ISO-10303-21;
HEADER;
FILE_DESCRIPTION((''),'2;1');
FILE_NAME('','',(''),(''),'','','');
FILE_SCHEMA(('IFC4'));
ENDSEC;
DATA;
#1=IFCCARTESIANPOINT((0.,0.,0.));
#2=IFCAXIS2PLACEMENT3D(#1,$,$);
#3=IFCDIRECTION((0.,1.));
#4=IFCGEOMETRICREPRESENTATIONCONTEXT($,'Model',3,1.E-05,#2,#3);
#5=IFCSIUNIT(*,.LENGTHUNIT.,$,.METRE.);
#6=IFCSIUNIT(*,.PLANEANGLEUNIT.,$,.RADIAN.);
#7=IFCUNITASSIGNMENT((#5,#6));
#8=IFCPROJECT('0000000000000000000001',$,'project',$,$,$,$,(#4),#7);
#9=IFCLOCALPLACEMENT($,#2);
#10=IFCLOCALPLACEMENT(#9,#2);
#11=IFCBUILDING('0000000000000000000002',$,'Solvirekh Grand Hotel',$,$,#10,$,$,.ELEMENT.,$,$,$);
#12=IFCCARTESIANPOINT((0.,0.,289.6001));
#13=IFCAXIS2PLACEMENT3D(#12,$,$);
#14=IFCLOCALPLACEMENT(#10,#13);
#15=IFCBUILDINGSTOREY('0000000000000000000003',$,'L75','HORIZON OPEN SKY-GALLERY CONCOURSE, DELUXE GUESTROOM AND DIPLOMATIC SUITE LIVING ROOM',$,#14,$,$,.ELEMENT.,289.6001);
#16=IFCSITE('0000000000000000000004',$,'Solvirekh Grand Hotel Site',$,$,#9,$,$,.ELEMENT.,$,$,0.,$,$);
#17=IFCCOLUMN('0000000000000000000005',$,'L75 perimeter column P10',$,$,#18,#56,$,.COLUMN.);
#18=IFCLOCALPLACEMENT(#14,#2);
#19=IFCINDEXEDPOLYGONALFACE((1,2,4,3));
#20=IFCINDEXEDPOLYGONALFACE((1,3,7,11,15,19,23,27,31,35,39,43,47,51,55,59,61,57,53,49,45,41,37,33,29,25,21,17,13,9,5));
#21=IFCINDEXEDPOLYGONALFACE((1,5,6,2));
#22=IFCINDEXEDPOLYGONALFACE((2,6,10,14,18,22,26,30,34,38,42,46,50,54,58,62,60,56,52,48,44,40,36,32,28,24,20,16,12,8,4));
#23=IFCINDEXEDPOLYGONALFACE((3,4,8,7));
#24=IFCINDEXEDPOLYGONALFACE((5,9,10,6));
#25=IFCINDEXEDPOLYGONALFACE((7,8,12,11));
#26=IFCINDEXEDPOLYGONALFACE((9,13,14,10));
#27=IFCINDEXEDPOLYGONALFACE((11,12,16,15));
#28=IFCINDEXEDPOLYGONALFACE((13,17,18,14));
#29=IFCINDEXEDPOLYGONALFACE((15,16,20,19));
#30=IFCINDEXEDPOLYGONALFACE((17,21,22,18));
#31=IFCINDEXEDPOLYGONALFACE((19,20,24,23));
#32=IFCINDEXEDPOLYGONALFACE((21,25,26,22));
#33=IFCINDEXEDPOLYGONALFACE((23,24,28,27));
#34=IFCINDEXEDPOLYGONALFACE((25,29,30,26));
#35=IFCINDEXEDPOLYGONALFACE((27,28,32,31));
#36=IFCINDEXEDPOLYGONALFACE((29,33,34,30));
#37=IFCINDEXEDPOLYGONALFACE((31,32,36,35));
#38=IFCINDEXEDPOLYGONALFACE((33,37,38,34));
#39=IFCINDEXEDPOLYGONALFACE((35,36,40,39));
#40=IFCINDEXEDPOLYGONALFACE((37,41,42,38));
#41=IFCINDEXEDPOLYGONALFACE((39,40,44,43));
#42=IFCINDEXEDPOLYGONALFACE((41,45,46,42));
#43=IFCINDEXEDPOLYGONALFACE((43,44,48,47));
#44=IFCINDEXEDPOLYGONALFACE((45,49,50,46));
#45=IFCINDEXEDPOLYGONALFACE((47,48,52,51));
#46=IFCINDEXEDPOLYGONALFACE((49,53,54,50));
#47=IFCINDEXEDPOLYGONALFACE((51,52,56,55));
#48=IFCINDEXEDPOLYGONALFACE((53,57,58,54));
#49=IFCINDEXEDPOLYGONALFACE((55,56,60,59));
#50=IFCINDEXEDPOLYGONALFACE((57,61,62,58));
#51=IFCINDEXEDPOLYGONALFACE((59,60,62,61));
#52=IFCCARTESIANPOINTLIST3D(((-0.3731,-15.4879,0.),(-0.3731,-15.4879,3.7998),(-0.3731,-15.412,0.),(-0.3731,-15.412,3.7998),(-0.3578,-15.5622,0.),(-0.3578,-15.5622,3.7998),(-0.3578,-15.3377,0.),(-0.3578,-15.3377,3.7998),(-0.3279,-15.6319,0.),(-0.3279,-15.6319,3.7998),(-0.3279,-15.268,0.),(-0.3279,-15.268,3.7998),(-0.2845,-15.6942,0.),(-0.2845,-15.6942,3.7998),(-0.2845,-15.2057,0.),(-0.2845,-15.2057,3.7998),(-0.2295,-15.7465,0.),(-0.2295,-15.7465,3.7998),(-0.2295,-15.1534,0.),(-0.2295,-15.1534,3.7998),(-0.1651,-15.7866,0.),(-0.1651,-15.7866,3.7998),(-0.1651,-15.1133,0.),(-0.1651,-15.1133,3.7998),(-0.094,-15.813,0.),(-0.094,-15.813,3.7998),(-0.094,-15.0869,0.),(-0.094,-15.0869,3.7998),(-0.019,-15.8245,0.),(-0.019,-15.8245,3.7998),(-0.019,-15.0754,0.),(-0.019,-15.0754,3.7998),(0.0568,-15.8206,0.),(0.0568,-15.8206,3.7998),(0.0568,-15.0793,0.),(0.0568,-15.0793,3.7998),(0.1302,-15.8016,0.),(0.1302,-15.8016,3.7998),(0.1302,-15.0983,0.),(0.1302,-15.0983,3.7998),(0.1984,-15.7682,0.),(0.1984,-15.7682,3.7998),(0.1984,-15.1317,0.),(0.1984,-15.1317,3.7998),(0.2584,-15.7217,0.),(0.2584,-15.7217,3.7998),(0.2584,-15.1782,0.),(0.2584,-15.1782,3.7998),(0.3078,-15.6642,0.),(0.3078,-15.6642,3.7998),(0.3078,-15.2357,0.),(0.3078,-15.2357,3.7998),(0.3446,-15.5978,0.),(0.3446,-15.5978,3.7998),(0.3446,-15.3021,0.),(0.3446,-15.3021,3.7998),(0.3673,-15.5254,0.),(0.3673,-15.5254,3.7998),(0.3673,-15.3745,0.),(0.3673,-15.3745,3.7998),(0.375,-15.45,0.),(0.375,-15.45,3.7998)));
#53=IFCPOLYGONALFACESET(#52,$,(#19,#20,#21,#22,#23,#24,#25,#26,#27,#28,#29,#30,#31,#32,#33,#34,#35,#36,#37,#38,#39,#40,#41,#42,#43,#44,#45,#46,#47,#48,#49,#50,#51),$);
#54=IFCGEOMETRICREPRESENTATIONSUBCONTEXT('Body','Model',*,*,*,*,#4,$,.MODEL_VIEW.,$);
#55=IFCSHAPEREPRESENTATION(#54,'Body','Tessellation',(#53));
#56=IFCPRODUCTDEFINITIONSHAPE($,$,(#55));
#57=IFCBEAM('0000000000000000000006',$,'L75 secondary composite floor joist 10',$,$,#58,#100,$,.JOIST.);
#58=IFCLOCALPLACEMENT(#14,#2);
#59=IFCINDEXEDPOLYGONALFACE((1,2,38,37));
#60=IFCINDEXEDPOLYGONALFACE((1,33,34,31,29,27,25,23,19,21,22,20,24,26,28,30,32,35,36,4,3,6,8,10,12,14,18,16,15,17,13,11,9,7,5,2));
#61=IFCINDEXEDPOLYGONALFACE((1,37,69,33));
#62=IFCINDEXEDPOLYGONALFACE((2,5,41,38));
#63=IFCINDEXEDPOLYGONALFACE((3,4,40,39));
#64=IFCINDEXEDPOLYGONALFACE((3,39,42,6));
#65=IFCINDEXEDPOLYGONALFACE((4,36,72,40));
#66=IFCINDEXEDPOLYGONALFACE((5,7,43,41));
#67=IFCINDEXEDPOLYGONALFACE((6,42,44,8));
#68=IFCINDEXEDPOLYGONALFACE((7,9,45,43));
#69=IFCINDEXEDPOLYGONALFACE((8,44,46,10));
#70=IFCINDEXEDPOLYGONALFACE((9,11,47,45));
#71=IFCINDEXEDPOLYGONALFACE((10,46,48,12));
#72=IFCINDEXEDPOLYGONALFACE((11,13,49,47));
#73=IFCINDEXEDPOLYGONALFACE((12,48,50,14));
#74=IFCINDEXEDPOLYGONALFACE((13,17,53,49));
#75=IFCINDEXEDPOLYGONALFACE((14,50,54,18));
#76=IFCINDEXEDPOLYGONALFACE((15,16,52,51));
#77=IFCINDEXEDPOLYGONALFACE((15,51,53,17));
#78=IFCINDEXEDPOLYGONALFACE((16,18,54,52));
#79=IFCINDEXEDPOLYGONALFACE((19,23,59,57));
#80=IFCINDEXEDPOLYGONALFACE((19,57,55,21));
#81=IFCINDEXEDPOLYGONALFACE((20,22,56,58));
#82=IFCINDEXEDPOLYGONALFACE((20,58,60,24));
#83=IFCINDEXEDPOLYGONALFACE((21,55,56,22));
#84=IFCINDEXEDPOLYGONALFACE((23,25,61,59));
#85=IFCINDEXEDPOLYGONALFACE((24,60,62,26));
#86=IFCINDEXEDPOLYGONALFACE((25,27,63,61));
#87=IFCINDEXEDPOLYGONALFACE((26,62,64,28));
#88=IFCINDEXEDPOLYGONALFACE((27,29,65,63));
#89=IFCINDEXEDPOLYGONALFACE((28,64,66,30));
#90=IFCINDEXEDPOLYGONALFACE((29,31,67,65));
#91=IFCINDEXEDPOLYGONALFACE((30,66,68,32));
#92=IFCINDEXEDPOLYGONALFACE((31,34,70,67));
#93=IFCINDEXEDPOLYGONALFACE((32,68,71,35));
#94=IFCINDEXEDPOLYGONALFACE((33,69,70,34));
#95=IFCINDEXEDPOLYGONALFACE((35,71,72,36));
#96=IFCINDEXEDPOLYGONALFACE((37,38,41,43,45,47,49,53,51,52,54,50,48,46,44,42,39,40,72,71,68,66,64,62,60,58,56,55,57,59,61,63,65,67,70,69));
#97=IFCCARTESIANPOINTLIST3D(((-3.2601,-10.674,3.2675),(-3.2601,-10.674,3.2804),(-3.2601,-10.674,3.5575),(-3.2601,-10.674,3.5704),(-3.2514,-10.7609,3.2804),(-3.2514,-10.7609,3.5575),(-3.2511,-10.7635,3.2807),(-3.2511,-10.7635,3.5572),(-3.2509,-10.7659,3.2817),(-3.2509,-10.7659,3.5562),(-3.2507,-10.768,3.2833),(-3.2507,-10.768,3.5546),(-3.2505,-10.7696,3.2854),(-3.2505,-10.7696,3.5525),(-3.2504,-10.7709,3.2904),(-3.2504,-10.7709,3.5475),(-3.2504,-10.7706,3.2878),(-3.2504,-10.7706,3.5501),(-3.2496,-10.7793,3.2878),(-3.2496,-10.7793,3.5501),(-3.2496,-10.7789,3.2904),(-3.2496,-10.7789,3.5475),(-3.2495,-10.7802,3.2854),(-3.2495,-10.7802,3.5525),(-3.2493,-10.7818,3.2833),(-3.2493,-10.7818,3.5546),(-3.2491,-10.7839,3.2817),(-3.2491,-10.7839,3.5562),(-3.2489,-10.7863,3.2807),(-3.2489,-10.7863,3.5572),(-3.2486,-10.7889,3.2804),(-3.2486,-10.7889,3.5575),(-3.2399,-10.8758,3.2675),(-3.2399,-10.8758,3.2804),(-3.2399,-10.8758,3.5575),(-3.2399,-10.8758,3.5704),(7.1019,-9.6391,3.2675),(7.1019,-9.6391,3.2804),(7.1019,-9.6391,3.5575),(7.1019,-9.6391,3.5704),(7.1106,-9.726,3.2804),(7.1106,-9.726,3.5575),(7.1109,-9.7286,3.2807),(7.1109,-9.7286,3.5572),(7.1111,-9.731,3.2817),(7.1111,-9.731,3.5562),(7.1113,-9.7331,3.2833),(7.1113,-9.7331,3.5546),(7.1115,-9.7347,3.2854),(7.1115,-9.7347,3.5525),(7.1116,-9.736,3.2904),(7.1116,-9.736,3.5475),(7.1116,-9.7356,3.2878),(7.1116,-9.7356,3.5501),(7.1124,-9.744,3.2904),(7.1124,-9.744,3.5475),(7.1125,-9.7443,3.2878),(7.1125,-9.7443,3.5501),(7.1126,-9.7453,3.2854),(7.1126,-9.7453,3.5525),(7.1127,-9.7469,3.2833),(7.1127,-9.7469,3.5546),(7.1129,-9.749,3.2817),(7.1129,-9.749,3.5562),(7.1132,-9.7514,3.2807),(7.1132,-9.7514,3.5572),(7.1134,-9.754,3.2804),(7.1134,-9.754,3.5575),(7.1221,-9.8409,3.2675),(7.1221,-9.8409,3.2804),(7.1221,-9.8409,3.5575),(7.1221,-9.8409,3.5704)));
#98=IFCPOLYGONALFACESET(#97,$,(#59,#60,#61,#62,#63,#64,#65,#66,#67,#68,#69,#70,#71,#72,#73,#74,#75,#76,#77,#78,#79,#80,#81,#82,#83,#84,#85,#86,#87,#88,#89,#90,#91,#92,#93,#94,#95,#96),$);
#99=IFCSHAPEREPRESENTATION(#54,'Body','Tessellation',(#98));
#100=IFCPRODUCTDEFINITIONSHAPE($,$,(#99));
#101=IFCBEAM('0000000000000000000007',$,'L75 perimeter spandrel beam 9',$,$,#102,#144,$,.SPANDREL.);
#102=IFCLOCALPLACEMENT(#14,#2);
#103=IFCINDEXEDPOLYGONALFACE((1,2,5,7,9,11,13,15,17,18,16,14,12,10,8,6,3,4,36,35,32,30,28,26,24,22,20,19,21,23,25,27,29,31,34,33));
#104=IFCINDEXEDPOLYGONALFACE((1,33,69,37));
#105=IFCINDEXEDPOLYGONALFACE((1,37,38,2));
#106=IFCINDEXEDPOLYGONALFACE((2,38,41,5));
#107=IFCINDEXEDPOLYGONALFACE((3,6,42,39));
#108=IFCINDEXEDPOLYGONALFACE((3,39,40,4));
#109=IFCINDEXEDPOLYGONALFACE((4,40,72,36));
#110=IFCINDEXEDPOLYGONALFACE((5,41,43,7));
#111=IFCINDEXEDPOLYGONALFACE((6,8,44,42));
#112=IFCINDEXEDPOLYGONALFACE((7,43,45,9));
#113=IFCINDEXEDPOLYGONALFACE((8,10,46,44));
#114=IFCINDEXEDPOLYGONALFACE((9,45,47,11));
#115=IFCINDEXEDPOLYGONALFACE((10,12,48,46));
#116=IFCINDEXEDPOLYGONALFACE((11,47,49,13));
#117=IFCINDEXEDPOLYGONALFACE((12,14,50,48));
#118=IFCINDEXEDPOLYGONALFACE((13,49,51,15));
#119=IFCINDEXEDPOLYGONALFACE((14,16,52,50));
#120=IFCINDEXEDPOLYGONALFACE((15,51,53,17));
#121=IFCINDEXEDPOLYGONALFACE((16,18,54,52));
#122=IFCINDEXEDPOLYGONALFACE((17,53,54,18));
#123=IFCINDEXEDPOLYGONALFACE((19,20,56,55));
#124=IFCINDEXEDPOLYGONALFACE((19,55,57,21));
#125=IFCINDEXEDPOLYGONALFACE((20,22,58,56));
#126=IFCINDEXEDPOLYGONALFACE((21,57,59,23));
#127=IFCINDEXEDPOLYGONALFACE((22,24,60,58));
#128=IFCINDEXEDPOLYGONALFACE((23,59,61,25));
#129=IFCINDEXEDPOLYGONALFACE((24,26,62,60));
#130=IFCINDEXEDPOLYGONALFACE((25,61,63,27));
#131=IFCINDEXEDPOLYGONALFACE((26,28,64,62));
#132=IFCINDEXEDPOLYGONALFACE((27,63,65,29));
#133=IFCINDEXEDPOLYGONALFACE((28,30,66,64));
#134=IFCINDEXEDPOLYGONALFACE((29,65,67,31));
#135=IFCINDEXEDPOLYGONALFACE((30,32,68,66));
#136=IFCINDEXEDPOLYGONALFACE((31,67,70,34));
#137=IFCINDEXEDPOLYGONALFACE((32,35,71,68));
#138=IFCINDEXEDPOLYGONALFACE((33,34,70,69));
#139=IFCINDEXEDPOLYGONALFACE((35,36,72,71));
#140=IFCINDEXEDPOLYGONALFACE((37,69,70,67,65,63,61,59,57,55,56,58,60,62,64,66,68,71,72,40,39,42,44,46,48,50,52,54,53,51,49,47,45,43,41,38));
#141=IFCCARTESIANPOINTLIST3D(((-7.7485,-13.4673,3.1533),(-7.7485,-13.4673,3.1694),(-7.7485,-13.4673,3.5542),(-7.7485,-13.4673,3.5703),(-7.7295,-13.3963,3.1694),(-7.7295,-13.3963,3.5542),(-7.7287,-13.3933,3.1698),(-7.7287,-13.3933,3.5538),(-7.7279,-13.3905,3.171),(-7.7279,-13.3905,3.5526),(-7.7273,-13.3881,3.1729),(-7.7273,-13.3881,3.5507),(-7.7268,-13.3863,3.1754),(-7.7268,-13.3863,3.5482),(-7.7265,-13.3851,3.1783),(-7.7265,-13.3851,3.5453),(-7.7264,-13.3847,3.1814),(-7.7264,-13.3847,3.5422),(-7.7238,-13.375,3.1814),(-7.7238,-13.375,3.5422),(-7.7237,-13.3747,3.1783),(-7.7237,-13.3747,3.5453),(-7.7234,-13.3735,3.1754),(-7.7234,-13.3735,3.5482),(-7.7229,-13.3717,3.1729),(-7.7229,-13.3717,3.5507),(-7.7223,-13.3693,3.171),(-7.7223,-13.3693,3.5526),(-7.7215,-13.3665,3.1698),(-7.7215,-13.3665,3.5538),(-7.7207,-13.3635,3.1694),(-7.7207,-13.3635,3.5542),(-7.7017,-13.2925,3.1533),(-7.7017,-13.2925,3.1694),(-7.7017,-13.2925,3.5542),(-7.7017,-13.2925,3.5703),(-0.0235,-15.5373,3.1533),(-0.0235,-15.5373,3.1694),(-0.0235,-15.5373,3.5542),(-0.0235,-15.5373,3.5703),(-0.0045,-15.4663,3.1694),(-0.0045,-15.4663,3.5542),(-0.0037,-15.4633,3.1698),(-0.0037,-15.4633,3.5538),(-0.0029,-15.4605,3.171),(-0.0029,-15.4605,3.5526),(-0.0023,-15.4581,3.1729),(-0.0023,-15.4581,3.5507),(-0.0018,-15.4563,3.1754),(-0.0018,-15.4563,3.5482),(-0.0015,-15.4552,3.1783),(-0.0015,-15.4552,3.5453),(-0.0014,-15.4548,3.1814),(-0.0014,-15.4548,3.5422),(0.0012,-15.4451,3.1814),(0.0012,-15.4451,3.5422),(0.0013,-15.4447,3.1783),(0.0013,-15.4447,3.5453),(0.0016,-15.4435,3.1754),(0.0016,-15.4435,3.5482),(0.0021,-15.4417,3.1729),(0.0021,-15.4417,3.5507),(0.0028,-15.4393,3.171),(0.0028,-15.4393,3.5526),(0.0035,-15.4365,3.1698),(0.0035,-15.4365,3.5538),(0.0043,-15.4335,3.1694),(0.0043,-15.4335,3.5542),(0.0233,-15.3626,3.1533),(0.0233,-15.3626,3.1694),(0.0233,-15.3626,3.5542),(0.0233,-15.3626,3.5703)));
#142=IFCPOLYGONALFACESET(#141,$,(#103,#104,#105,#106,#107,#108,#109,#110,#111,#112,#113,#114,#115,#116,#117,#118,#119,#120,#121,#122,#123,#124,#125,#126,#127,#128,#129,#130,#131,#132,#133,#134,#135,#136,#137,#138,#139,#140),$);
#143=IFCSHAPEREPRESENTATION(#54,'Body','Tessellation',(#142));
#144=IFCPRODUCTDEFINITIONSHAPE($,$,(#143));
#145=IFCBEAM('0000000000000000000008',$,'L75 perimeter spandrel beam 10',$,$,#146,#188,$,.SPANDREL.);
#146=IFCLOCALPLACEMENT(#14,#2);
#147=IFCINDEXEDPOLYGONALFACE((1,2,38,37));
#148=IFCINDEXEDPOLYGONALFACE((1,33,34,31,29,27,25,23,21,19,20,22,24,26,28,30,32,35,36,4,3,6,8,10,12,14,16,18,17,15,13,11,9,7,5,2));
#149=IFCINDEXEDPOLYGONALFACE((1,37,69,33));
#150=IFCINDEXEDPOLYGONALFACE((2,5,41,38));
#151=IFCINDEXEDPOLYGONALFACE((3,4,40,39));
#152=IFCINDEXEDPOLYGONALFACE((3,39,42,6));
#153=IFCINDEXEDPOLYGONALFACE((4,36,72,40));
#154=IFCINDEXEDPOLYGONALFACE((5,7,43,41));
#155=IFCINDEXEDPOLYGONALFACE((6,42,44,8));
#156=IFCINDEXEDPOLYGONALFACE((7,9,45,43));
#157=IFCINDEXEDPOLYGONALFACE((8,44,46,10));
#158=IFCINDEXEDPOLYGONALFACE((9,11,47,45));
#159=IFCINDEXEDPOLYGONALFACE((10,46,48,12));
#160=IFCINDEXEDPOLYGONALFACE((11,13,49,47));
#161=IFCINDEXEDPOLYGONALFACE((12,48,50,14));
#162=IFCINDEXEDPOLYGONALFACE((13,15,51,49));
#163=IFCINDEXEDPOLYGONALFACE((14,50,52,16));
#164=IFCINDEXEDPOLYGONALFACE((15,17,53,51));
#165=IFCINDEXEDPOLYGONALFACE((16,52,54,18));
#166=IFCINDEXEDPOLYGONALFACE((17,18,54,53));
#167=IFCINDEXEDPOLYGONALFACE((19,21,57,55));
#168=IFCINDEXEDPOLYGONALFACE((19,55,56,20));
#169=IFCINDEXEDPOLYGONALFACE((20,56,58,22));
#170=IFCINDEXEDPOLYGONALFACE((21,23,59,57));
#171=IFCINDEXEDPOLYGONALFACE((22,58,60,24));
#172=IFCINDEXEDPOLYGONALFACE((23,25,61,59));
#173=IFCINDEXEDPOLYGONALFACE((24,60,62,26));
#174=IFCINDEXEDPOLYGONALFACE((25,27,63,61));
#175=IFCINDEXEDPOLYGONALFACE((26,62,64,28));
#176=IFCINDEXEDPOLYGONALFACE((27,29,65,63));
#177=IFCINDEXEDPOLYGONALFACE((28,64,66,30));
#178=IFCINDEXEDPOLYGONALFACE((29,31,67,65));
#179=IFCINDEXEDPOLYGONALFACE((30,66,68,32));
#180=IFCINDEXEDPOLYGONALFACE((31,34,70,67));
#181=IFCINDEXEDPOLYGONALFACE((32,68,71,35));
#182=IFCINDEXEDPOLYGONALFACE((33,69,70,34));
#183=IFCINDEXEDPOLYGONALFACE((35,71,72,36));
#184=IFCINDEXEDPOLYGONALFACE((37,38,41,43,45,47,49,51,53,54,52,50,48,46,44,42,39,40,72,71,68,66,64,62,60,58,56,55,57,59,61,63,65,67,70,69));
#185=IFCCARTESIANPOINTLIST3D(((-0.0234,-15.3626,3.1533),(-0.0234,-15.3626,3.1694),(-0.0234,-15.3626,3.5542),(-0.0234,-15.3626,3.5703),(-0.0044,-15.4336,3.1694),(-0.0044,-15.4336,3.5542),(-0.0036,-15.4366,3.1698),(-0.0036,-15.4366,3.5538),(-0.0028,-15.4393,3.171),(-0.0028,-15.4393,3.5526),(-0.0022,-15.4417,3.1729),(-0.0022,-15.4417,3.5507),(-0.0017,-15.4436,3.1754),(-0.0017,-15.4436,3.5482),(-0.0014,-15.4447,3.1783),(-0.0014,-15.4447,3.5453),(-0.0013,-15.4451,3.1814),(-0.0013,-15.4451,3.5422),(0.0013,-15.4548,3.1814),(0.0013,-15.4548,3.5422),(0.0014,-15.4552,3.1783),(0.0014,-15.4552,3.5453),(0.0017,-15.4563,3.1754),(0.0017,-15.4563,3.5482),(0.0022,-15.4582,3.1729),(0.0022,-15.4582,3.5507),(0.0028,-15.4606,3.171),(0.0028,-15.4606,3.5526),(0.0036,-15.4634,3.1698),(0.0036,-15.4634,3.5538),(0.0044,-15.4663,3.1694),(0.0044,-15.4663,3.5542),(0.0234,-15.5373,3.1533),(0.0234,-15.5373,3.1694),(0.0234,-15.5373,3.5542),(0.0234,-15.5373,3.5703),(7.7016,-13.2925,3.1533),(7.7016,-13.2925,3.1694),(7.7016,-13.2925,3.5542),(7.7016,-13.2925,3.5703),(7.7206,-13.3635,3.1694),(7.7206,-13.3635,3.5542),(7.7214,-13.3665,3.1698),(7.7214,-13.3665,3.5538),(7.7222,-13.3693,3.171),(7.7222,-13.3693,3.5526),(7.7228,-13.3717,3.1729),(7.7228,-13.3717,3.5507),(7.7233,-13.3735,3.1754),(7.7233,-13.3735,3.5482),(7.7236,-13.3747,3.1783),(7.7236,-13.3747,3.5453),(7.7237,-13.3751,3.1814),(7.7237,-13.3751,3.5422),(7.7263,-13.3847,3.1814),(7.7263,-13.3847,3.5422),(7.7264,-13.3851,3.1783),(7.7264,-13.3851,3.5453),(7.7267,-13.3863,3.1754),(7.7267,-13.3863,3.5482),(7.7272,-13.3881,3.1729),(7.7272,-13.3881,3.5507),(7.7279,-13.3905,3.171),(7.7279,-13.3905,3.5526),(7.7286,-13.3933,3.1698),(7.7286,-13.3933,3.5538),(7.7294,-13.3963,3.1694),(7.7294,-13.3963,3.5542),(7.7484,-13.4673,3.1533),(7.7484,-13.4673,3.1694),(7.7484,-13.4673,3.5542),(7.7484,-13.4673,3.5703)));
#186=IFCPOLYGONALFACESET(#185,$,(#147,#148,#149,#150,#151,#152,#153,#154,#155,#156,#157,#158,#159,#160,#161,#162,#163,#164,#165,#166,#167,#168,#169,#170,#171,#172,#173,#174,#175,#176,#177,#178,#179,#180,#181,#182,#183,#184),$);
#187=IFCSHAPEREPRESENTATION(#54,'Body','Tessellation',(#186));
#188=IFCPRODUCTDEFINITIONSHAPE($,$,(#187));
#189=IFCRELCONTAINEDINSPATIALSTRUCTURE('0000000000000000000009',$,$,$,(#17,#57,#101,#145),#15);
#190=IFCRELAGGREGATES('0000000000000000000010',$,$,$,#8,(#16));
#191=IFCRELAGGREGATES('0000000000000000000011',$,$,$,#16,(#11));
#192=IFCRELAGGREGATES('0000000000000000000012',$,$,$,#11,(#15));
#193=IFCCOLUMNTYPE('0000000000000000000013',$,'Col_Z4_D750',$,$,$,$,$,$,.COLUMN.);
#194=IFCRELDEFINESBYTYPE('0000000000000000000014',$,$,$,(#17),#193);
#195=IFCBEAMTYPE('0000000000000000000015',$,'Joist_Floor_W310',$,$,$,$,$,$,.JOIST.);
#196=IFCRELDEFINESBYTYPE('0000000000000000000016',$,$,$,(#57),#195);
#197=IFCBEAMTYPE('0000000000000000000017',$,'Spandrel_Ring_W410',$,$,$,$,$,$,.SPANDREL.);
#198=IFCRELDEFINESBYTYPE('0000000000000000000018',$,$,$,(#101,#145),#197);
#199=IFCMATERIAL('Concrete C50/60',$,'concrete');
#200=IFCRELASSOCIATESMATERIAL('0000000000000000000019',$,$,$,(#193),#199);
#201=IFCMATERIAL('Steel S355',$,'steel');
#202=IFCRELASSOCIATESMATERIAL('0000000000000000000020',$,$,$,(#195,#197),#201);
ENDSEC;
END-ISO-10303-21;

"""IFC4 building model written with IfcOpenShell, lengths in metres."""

from ifc_helpers import new_model, si_unit, direction, frame, origin, origin_2d, place, context, subcontext, project, spatial, circle, i_section, extrude, material, material_profile, profile_set, type_object, element, save


model = new_model("IFC4")

# Units and contexts
model_context = context("Model", 3, precision=1e-05, world=origin(), true_north=direction((0.0, 1.0)))
body_context = subcontext(model_context, "Body", "Model", "MODEL_VIEW")
ifc_project = project(units=[si_unit("LENGTHUNIT", "METRE"), si_unit("PLANEANGLEUNIT", "RADIAN")], contexts=[model_context])

# Site, building, storey
site_placement = place(None, origin())
site = spatial("IfcSite", under=ifc_project, at=site_placement, Name="Solvirekh Grand Hotel Site", CompositionType="ELEMENT", RefElevation=0.0)
building_placement = place(site_placement, origin())
building = spatial("IfcBuilding", under=site, at=building_placement, Name="Solvirekh Grand Hotel", CompositionType="ELEMENT")
storey_placement = place(building_placement, frame((0.0, 0.0, 289.6001)))
storey = spatial("IfcBuildingStorey", under=building, at=storey_placement, Name="L75", Description="HORIZON OPEN SKY-GALLERY CONCOURSE, DELUXE GUESTROOM AND DIPLOMATIC SUITE LIVING ROOM", CompositionType="ELEMENT", Elevation=289.6001)

# Column
ifc_material_1 = material(Name="Concrete C50/60", Category="concrete")
ifc_material_profile_1 = material_profile(ifc_material_1, circle(Radius=0.375, at=origin_2d()), Name="RC CIRC D750")
ifc_profile_set_1 = profile_set([ifc_material_profile_1], Name="Concrete C50/60")
column_type = type_object("IfcColumnType", Name="Col_Z4_D750", PredefinedType="COLUMN", material=ifc_profile_set_1)
column_placement = place(storey_placement, frame((0.0, -15.45, 0.0), z_axis=(0.0, 0.0, 1.0), x_axis=(1.0, 0.0, 0.0)))
element("IfcColumn", 1, at=column_placement, inside=storey, type_object=column_type, Name="L75 perimeter column P10", PredefinedType="COLUMN", context=body_context, shape_type="SweptSolid", body=[
    extrude(circle(Radius=0.375, at=origin_2d()), origin(), (0.0, 0.0, 1.0), 3.7998),
])

# Beams
ifc_material_2 = material(Name="Steel S355", Category="steel")
ifc_material_profile_2 = material_profile(ifc_material_2, i_section(OverallWidth=0.2029, OverallDepth=0.303, WebThickness=0.0081, FlangeThickness=0.0129, FilletRadius=0.01, at=origin_2d()), Name="W310X60")
ifc_profile_set_2 = profile_set([ifc_material_profile_2], Name="Steel S355")
beam_type_1 = type_object("IfcBeamType", Name="Joist_Floor_W310", PredefinedType="JOIST", material=ifc_profile_set_2)
beam_placement = place(storey_placement, frame((-3.25, -10.7749, 3.4189), z_axis=(0.995049, 0.099381, 0.0), x_axis=(-0.099381, 0.995049, 0.0)))
element("IfcBeam", 2, at=beam_placement, inside=storey, type_object=beam_type_1, Name="L75 secondary composite floor joist 10", PredefinedType="JOIST", context=body_context, shape_type="SweptSolid", body=[
    extrude(i_section(OverallWidth=0.2029, OverallDepth=0.303, WebThickness=0.0081, FlangeThickness=0.0129, FilletRadius=0.01, at=origin_2d()), origin(), (0.0, 0.0, 1.0), 10.4136),
])
ifc_material_profile_3 = material_profile(ifc_material_2, i_section(OverallWidth=0.1809, OverallDepth=0.417, WebThickness=0.01, FlangeThickness=0.0161, FilletRadius=0.012, at=origin_2d()), Name="W410X85")
ifc_profile_set_3 = profile_set([ifc_material_profile_3], Name="Steel S355")
beam_type_2 = type_object("IfcBeamType", Name="Spandrel_Ring_W410", PredefinedType="SPANDREL", material=ifc_profile_set_3)
for number, where, z_axis, x_axis, name in (
    (3, (-7.7251, -13.3799, 3.3618), (0.965922, -0.258835, 0.0), (0.258835, 0.965922, 0.0), "L75 perimeter spandrel beam 9"),
    (4, (0.0, -15.45, 3.3618), (0.965922, 0.258835, 0.0), (-0.258835, 0.965922, 0.0), "L75 perimeter spandrel beam 10"),
):
    element("IfcBeam", number, at=place(storey_placement, frame(where, z_axis=z_axis, x_axis=x_axis)), inside=storey, type_object=beam_type_2, Name=name, PredefinedType="SPANDREL", context=body_context, shape_type="SweptSolid", body=[
        extrude(i_section(OverallWidth=0.1809, OverallDepth=0.417, WebThickness=0.01, FlangeThickness=0.0161, FilletRadius=0.012, at=origin_2d()), origin(), (0.0, 0.0, 1.0), 7.9976),
    ])

save(model, "model.ifc")
